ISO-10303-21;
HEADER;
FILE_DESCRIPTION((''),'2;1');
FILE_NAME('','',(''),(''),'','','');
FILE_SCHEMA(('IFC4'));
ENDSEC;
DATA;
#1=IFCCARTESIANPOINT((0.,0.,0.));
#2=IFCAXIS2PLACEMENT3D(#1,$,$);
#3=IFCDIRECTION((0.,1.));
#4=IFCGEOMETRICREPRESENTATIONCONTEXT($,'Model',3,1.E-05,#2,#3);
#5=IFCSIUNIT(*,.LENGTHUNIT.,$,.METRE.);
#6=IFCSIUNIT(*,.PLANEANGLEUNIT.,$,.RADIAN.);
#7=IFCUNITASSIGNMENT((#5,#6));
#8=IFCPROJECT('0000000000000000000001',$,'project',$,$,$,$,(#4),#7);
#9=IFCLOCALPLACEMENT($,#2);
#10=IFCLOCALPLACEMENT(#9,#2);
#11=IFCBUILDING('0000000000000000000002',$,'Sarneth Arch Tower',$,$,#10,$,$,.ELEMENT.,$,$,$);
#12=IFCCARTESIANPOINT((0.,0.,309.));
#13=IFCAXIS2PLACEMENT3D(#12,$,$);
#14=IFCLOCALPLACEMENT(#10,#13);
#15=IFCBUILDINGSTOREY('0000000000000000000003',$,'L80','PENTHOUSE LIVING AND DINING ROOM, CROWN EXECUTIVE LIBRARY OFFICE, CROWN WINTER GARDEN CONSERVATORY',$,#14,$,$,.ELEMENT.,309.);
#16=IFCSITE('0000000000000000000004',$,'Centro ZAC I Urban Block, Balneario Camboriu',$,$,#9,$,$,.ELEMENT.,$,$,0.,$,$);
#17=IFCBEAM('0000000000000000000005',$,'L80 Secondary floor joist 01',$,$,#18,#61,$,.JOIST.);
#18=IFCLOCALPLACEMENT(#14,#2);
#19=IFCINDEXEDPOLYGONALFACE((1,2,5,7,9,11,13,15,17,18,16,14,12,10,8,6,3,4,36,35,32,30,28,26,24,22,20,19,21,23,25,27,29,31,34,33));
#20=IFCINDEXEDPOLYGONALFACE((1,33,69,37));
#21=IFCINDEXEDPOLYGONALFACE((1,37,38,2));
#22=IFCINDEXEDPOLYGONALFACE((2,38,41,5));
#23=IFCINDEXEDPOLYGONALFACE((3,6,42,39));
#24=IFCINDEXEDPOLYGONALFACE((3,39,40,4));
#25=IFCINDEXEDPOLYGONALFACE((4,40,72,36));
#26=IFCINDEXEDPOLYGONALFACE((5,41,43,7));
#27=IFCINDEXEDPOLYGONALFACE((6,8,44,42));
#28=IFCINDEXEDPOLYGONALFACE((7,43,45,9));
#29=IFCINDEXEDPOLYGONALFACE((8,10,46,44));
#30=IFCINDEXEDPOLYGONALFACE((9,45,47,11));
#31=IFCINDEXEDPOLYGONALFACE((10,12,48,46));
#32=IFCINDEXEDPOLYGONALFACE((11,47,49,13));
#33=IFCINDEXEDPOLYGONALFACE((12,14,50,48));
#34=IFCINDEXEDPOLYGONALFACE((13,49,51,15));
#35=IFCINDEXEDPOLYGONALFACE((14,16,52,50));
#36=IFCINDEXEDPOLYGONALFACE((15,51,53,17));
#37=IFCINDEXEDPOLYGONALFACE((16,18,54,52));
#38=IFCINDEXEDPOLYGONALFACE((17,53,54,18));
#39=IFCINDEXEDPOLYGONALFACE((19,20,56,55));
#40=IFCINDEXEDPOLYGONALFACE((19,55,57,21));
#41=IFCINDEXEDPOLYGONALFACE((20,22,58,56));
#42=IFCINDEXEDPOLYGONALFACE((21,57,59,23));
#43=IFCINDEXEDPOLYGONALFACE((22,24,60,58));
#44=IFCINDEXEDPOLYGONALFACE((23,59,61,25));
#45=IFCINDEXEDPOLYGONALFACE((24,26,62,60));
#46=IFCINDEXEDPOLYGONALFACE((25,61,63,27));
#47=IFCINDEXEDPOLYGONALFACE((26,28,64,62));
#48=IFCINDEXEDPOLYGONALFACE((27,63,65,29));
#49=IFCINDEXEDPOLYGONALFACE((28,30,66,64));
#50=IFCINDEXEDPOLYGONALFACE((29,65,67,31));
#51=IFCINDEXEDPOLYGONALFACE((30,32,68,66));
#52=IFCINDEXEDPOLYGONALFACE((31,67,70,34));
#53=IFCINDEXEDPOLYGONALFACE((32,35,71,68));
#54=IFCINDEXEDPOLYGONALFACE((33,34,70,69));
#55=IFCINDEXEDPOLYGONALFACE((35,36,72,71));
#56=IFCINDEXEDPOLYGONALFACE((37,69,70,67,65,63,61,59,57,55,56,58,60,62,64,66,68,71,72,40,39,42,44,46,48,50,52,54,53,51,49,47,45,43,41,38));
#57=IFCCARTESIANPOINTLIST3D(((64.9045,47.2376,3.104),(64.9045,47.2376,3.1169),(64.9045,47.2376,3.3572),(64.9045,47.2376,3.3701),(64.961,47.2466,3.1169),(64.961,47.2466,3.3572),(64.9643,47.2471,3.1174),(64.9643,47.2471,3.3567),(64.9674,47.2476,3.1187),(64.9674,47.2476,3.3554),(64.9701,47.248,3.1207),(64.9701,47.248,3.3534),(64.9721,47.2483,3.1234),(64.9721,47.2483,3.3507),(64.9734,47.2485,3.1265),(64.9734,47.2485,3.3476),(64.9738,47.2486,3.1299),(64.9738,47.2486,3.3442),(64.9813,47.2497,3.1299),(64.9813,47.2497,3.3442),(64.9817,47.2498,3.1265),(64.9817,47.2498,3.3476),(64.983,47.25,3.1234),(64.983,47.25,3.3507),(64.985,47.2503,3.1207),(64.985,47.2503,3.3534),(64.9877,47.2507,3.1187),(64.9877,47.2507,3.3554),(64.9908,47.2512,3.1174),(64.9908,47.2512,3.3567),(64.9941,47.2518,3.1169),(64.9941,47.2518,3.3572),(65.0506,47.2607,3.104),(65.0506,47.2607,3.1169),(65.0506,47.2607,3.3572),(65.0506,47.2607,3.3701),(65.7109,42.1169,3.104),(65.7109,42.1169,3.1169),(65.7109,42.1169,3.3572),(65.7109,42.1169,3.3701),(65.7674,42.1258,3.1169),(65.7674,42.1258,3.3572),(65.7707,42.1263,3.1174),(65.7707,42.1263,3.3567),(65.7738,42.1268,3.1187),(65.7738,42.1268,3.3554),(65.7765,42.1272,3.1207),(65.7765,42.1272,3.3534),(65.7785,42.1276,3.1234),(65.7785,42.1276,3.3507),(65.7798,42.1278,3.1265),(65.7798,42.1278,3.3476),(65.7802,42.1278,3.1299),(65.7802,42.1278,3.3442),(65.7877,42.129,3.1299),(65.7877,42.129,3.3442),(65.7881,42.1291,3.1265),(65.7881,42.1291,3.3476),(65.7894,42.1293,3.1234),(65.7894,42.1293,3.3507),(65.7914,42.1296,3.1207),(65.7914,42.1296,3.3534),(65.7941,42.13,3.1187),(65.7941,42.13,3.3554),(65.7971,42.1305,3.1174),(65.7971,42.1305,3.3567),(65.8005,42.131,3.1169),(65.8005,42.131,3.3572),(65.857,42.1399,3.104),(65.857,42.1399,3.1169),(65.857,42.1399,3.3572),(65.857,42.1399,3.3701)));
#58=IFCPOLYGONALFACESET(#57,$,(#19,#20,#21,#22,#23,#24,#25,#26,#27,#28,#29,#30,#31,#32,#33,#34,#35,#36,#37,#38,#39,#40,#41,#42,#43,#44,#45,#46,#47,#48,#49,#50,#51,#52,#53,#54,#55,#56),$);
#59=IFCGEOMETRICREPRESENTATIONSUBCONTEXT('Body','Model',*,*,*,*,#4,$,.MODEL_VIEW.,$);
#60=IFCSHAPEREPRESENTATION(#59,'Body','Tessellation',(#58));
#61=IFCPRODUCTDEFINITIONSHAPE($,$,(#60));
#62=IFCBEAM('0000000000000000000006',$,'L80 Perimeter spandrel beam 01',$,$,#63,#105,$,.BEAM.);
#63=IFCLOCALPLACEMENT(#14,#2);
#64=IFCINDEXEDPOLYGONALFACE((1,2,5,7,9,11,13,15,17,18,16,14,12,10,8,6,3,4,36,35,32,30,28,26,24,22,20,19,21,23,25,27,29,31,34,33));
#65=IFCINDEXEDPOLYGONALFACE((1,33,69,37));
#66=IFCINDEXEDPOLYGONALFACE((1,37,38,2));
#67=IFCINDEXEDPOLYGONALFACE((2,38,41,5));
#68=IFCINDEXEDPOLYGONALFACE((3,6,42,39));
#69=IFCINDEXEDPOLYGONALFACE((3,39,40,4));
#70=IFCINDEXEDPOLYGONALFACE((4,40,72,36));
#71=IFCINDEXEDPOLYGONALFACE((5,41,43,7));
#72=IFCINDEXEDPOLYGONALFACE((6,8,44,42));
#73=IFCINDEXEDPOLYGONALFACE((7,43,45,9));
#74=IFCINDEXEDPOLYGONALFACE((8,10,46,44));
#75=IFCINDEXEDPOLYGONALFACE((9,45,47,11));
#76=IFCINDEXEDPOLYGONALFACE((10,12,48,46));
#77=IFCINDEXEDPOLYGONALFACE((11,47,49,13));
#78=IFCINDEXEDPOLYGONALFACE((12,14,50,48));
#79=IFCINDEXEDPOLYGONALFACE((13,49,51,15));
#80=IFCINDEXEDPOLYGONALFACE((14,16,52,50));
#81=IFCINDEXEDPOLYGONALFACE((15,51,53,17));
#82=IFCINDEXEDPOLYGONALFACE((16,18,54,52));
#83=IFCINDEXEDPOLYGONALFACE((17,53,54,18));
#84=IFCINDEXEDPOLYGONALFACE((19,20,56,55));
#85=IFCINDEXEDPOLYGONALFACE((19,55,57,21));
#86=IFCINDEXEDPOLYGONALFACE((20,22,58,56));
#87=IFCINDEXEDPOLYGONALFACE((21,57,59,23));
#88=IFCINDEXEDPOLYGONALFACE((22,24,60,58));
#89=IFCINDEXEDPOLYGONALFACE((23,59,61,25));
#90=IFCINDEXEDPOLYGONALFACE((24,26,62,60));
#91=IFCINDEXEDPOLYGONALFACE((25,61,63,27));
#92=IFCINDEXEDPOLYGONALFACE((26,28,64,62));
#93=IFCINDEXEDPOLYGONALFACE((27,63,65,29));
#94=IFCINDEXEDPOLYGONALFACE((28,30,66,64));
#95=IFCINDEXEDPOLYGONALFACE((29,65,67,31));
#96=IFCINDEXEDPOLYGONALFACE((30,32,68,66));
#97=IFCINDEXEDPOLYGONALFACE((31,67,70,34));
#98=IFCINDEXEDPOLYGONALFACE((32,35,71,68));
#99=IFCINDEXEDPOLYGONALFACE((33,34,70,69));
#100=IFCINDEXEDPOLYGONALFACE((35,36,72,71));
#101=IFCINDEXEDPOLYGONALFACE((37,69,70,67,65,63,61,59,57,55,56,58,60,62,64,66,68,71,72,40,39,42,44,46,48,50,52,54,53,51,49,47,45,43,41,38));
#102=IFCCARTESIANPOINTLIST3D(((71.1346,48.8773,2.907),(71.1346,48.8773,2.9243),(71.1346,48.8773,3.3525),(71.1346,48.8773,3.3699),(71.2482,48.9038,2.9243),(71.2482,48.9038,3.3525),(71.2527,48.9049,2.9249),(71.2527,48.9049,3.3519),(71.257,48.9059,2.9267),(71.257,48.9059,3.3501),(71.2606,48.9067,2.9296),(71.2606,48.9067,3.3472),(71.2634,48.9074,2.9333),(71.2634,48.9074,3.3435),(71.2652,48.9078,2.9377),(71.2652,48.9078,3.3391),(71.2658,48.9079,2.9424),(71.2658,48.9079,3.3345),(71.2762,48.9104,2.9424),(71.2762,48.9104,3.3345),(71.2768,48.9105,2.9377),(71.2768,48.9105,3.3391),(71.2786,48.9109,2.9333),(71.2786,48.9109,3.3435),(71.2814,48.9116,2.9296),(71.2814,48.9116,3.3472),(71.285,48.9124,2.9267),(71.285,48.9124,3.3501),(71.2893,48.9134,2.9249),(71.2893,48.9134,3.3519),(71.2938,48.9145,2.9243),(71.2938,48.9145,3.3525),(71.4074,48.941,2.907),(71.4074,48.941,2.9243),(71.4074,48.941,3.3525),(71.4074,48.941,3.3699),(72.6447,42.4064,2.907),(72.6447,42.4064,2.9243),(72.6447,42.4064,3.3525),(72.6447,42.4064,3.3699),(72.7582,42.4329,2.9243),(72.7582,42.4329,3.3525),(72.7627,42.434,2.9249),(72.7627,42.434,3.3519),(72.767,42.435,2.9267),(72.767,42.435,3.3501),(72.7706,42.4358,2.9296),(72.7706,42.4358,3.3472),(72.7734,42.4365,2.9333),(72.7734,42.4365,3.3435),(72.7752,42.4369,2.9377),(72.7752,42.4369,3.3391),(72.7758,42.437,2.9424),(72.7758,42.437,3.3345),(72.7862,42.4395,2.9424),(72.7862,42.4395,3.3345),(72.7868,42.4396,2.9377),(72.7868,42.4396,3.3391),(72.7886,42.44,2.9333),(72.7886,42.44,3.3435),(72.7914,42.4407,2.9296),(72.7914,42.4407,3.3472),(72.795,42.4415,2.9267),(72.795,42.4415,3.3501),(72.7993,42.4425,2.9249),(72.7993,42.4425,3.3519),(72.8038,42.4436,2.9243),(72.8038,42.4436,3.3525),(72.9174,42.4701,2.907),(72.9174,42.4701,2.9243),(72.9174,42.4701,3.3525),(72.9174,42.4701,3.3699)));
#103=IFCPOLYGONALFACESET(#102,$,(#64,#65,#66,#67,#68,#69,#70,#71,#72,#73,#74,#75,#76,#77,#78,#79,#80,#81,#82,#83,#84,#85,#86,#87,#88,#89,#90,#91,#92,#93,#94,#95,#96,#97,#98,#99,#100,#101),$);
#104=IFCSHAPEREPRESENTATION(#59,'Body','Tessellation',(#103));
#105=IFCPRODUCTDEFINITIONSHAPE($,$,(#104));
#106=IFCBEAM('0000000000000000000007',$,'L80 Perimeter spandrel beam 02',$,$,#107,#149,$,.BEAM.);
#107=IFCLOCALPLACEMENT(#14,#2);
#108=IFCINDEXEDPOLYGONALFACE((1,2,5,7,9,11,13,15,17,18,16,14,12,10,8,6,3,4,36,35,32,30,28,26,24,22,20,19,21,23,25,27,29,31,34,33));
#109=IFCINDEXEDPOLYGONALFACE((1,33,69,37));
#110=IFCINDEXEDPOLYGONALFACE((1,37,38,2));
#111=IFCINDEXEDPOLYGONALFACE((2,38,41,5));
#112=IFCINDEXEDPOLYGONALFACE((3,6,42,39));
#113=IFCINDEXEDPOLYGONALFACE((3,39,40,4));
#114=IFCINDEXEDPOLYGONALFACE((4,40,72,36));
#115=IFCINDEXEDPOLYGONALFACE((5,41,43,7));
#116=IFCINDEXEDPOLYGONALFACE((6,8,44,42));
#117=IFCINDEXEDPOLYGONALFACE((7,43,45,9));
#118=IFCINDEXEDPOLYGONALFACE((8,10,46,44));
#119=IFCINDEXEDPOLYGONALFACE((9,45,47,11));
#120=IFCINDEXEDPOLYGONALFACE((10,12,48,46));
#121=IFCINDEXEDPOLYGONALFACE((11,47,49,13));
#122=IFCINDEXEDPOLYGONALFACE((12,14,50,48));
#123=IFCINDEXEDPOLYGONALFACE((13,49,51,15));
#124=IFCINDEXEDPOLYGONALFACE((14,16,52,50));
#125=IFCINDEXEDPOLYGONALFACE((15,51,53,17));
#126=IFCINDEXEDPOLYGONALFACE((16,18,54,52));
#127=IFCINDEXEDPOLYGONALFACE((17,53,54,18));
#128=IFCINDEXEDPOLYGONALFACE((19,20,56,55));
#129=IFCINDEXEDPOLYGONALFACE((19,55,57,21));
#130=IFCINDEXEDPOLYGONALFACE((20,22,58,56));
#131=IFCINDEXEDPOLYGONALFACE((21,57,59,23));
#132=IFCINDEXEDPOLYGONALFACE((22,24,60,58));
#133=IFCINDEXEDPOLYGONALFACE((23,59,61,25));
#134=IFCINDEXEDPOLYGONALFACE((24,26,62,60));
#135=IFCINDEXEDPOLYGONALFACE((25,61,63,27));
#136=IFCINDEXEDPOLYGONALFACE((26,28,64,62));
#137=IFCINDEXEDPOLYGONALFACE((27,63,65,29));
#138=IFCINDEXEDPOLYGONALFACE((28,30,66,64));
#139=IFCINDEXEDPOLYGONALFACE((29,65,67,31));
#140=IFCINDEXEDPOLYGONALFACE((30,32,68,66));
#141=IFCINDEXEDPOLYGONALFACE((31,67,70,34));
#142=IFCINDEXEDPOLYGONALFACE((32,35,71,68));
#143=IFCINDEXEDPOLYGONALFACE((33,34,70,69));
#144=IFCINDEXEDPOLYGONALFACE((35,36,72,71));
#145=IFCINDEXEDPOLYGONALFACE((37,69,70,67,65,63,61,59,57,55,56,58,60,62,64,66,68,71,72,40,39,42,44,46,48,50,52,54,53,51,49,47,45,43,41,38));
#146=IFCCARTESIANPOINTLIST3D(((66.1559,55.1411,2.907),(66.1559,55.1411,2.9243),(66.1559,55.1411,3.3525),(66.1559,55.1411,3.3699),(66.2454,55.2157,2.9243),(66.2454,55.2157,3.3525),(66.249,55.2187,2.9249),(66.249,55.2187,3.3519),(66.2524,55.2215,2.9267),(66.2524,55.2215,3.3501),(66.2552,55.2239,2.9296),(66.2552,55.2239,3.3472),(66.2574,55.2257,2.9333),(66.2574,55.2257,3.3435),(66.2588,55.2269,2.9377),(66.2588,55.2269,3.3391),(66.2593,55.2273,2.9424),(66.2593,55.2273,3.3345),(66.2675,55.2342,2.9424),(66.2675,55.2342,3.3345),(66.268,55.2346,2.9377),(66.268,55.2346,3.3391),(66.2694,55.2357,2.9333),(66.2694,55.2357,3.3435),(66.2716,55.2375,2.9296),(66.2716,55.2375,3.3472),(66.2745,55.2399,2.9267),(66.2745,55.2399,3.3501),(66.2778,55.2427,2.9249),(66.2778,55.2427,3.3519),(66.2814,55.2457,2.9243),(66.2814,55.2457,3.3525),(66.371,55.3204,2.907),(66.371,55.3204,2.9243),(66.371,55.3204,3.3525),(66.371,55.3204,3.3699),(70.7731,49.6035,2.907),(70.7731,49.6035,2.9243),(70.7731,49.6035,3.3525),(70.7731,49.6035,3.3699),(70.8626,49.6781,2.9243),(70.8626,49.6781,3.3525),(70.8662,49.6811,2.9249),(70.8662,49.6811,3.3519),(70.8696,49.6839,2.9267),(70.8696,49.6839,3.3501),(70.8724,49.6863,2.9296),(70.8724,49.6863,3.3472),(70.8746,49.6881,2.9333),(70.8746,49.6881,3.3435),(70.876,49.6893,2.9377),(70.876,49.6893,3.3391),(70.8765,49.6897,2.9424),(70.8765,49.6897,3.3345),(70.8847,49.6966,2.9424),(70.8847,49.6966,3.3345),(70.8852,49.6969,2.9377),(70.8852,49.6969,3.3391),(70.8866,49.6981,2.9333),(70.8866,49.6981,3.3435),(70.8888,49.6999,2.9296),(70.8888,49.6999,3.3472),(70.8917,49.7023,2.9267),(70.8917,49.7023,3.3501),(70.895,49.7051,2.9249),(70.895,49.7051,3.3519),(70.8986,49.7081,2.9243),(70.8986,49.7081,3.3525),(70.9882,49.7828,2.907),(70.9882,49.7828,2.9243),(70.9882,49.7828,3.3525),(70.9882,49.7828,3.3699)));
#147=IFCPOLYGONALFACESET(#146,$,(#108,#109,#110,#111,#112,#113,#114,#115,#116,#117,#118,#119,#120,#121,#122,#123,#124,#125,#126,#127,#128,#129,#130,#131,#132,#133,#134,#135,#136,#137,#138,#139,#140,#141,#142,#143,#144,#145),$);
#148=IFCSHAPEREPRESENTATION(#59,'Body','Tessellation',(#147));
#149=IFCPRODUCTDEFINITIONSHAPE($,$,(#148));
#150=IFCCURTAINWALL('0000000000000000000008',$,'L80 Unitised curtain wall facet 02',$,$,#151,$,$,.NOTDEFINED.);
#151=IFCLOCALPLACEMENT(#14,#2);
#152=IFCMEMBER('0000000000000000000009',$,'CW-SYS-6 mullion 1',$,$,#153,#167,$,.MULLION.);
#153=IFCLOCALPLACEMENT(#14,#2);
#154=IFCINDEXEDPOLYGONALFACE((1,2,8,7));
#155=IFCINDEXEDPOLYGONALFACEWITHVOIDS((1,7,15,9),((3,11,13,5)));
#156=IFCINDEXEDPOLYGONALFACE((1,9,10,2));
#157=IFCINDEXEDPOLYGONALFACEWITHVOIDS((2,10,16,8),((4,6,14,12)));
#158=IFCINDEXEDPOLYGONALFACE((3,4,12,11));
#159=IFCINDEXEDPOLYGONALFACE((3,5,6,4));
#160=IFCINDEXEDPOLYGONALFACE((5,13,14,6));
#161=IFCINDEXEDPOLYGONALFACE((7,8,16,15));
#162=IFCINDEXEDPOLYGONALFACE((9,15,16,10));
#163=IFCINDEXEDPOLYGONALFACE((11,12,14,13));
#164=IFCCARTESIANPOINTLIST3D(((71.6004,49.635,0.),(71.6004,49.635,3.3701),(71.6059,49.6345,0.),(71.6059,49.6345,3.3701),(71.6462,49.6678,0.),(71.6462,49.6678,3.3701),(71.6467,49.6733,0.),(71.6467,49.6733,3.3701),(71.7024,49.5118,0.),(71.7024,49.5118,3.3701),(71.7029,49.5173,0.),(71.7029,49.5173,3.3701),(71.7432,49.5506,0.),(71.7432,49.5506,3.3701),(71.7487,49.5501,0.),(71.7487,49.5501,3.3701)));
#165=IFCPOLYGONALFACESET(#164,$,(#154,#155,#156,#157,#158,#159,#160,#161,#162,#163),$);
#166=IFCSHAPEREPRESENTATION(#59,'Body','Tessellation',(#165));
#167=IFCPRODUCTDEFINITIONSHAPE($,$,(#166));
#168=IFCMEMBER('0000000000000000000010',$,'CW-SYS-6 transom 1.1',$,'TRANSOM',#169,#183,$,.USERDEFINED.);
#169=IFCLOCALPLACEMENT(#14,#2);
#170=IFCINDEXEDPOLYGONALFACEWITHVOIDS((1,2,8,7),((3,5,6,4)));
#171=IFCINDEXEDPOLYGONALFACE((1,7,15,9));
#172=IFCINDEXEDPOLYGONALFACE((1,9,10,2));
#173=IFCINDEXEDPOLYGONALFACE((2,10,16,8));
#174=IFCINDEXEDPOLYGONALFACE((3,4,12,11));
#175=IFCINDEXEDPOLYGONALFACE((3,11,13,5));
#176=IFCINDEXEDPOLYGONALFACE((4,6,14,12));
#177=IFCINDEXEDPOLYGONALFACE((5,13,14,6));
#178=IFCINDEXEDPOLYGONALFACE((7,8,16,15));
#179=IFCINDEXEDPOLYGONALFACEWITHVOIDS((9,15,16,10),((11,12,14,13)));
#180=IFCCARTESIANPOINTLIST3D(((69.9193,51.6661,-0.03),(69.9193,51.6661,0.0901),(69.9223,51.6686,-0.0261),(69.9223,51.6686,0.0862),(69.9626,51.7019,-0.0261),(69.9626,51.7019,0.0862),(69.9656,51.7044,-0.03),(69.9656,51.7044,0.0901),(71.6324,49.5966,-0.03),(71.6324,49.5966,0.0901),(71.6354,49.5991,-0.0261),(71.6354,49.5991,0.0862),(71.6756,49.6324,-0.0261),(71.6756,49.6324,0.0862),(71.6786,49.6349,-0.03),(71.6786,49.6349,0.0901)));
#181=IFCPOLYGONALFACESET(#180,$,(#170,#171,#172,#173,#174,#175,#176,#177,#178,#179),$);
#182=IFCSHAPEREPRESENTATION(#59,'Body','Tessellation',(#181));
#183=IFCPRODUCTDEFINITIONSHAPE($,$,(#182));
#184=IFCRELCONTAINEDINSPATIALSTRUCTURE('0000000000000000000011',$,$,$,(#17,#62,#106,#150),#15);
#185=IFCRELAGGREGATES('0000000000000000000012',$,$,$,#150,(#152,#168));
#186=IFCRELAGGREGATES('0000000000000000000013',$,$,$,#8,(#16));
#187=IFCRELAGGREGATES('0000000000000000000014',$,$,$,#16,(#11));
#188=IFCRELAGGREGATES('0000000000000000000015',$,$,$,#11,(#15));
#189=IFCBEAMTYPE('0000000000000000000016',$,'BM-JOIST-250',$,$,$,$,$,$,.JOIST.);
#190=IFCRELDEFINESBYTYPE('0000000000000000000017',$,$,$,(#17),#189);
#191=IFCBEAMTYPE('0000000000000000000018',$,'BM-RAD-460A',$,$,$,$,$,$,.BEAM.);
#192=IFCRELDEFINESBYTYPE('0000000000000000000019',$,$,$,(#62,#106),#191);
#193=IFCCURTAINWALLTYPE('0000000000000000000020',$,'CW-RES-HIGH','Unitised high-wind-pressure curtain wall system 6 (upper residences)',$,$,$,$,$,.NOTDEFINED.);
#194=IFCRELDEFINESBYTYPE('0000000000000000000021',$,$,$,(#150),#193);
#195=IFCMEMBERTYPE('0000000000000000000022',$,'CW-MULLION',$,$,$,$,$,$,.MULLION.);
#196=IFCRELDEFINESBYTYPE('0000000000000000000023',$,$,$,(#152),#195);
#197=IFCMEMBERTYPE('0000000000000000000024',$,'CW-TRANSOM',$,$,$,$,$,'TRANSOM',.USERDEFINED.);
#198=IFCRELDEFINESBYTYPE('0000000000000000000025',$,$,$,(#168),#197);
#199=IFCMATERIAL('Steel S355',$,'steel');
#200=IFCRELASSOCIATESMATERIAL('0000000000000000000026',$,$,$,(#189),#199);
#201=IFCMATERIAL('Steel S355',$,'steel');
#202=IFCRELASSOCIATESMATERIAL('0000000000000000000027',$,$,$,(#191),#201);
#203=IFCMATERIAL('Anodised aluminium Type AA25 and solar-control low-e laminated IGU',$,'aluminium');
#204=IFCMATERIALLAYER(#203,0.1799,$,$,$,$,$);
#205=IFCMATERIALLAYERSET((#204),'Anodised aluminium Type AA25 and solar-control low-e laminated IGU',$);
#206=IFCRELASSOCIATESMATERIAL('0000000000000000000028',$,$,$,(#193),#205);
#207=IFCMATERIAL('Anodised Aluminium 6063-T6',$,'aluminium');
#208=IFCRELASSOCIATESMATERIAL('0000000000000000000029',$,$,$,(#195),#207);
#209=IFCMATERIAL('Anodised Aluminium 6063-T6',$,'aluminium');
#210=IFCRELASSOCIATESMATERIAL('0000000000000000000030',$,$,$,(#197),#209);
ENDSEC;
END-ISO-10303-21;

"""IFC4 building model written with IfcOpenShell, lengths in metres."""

from ifc_helpers import new_model, si_unit, direction, frame, origin, origin_2d, place, context, subcontext, project, spatial, hollow_rectangle, i_section, extrude, material, layer, layer_set, material_profile, profile_set, type_object, element, aggregate, save


model = new_model("IFC4")

# Units and contexts
model_context = context("Model", 3, precision=1e-05, world=origin(), true_north=direction((0.0, 1.0)))
body_context = subcontext(model_context, "Body", "Model", "MODEL_VIEW")
ifc_project = project(units=[si_unit("LENGTHUNIT", "METRE"), si_unit("PLANEANGLEUNIT", "RADIAN")], contexts=[model_context])

# Site, building, storey
site_placement = place(None, origin())
site = spatial("IfcSite", under=ifc_project, at=site_placement, Name="Centro ZAC I Urban Block, Balneario Camboriu", CompositionType="ELEMENT", RefElevation=0.0)
building_placement = place(site_placement, origin())
building = spatial("IfcBuilding", under=site, at=building_placement, Name="Sarneth Arch Tower", CompositionType="ELEMENT")
storey_placement = place(building_placement, frame((0.0, 0.0, 309.0)))
storey = spatial("IfcBuildingStorey", under=building, at=storey_placement, Name="L80", Description="PENTHOUSE LIVING AND DINING ROOM, CROWN EXECUTIVE LIBRARY OFFICE, CROWN WINTER GARDEN CONSERVATORY", CompositionType="ELEMENT", Elevation=309.0)

# Beams
ifc_material_1 = material(Name="Steel S355", Category="steel")
ifc_material_profile_1 = material_profile(ifc_material_1, i_section(OverallWidth=0.1479, OverallDepth=0.2661, WebThickness=0.0076, FlangeThickness=0.0129, FilletRadius=0.0129, at=origin_2d()), Name="W250x44.8")
ifc_profile_set_1 = profile_set([ifc_material_profile_1], Name="Steel S355")
beam_type_1 = type_object("IfcBeamType", Name="BM-JOIST-250", PredefinedType="JOIST", material=ifc_profile_set_1)
beam_1_placement = place(storey_placement, frame((65.7839, 42.1284, 3.2371), z_axis=(-0.155556, 0.987827, 0.0), x_axis=(-0.987827, -0.155556, 0.0)))
element("IfcBeam", 1, at=beam_1_placement, inside=storey, type_object=beam_type_1, Name="L80 Secondary floor joist 01", PredefinedType="JOIST", context=body_context, shape_type="SweptSolid", body=[
    extrude(i_section(OverallWidth=0.1479, OverallDepth=0.2661, WebThickness=0.0076, FlangeThickness=0.0129, FilletRadius=0.0129, at=origin_2d()), origin(), (0.0, 0.0, 1.0), 5.1838),
])
ifc_material_2 = material(Name="Steel S355", Category="steel")
ifc_material_profile_2 = material_profile(ifc_material_2, i_section(OverallWidth=0.28, OverallDepth=0.4629, WebThickness=0.0107, FlangeThickness=0.0173, FilletRadius=0.0181, at=origin_2d()), Name="W460x113")
ifc_profile_set_2 = profile_set([ifc_material_profile_2], Name="Steel S355")
beam_type_2 = type_object("IfcBeamType", Name="BM-RAD-460A", PredefinedType="BEAM", material=ifc_profile_set_2)
beam_2_placement = place(storey_placement, frame((72.781, 42.4382, 3.1384), z_axis=(-0.227247, 0.973837, 0.0), x_axis=(-0.973837, -0.227247, 0.0)))
element("IfcBeam", 2, at=beam_2_placement, inside=storey, type_object=beam_type_2, Name="L80 Perimeter spandrel beam 01", PredefinedType="BEAM", context=body_context, shape_type="SweptSolid", body=[
    extrude(i_section(OverallWidth=0.28, OverallDepth=0.4629, WebThickness=0.0107, FlangeThickness=0.0173, FilletRadius=0.0181, at=origin_2d()), origin(), (0.0, 0.0, 1.0), 6.6448),
])
beam_3_placement = place(storey_placement, frame((70.8806, 49.6931, 3.1384), z_axis=(-0.640391, 0.768049, 0.0), x_axis=(-0.768049, -0.640391, 0.0)))
element("IfcBeam", 3, at=beam_3_placement, inside=storey, type_object=beam_type_2, Name="L80 Perimeter spandrel beam 02", PredefinedType="BEAM", context=body_context, shape_type="SweptSolid", body=[
    extrude(i_section(OverallWidth=0.28, OverallDepth=0.4629, WebThickness=0.0107, FlangeThickness=0.0173, FilletRadius=0.0181, at=origin_2d()), origin(), (0.0, 0.0, 1.0), 7.21),
])

# Curtain wall, members
ifc_material_3 = material(Name="Anodised aluminium Type AA25 and solar-control low-e laminated IGU", Category="aluminium")
ifc_layer_1 = layer(ifc_material_3, 0.1799)
ifc_layer_set_1 = layer_set([ifc_layer_1], Name="Anodised aluminium Type AA25 and solar-control low-e laminated IGU")
curtain_wall_type = type_object("IfcCurtainWallType", Name="CW-RES-HIGH", Description="Unitised high-wind-pressure curtain wall system 6 (upper residences)", PredefinedType="NOTDEFINED", material=ifc_layer_set_1)
curtain_wall_placement = place(storey_placement, origin())
curtain_wall = element("IfcCurtainWall", 4, at=curtain_wall_placement, inside=storey, type_object=curtain_wall_type, Name="L80 Unitised curtain wall facet 02", PredefinedType="NOTDEFINED")
ifc_material_4 = material(Name="Anodised Aluminium 6063-T6", Category="aluminium")
ifc_material_profile_3 = material_profile(ifc_material_4, hollow_rectangle(XDim=0.0601, YDim=0.1599, WallThickness=0.0039, at=origin_2d()), Name="AL-MULL-160x60x4")
ifc_profile_set_3 = profile_set([ifc_material_profile_3], Name="Anodised Aluminium 6063-T6")
member_type_1 = type_object("IfcMemberType", Name="CW-MULLION", PredefinedType="MULLION", material=ifc_profile_set_3)
member_1_placement = place(storey_placement, frame((71.6746, 49.5925, 0.0), z_axis=(0.0, 0.0, 1.0), x_axis=(-0.770359, -0.63761, 0.0)))
member_1 = element("IfcMember", 5, at=member_1_placement, type_object=member_type_1, Name="CW-SYS-6 mullion 1", PredefinedType="MULLION", context=body_context, shape_type="SweptSolid", body=[
    extrude(hollow_rectangle(XDim=0.0601, YDim=0.1599, WallThickness=0.0039, at=origin_2d()), origin(), (0.0, 0.0, 1.0), 3.3701),
])
ifc_material_5 = material(Name="Anodised Aluminium 6063-T6", Category="aluminium")
ifc_material_profile_4 = material_profile(ifc_material_5, hollow_rectangle(XDim=0.0601, YDim=0.1201, WallThickness=0.0039, at=origin_2d()), Name="AL-TRAN-120x60x4")
ifc_profile_set_4 = profile_set([ifc_material_profile_4], Name="Anodised Aluminium 6063-T6")
member_type_2 = type_object("IfcMemberType", Name="CW-TRANSOM", ElementType="TRANSOM", PredefinedType="USERDEFINED", material=ifc_profile_set_4)
member_2_placement = place(storey_placement, frame((71.6555, 49.6157, 0.03), z_axis=(-0.637651, 0.770325, 0.0), x_axis=(-0.770325, -0.637651, 0.0)))
member_2 = element("IfcMember", 6, at=member_2_placement, type_object=member_type_2, Name="CW-SYS-6 transom 1.1", ObjectType="TRANSOM", PredefinedType="USERDEFINED", context=body_context, shape_type="SweptSolid", body=[
    extrude(hollow_rectangle(XDim=0.0601, YDim=0.1201, WallThickness=0.0039, at=origin_2d()), origin(), (0.0, 0.0, 1.0), 2.6865),
])

aggregate(curtain_wall, [member_1, member_2])

save(model, "model.ifc")
